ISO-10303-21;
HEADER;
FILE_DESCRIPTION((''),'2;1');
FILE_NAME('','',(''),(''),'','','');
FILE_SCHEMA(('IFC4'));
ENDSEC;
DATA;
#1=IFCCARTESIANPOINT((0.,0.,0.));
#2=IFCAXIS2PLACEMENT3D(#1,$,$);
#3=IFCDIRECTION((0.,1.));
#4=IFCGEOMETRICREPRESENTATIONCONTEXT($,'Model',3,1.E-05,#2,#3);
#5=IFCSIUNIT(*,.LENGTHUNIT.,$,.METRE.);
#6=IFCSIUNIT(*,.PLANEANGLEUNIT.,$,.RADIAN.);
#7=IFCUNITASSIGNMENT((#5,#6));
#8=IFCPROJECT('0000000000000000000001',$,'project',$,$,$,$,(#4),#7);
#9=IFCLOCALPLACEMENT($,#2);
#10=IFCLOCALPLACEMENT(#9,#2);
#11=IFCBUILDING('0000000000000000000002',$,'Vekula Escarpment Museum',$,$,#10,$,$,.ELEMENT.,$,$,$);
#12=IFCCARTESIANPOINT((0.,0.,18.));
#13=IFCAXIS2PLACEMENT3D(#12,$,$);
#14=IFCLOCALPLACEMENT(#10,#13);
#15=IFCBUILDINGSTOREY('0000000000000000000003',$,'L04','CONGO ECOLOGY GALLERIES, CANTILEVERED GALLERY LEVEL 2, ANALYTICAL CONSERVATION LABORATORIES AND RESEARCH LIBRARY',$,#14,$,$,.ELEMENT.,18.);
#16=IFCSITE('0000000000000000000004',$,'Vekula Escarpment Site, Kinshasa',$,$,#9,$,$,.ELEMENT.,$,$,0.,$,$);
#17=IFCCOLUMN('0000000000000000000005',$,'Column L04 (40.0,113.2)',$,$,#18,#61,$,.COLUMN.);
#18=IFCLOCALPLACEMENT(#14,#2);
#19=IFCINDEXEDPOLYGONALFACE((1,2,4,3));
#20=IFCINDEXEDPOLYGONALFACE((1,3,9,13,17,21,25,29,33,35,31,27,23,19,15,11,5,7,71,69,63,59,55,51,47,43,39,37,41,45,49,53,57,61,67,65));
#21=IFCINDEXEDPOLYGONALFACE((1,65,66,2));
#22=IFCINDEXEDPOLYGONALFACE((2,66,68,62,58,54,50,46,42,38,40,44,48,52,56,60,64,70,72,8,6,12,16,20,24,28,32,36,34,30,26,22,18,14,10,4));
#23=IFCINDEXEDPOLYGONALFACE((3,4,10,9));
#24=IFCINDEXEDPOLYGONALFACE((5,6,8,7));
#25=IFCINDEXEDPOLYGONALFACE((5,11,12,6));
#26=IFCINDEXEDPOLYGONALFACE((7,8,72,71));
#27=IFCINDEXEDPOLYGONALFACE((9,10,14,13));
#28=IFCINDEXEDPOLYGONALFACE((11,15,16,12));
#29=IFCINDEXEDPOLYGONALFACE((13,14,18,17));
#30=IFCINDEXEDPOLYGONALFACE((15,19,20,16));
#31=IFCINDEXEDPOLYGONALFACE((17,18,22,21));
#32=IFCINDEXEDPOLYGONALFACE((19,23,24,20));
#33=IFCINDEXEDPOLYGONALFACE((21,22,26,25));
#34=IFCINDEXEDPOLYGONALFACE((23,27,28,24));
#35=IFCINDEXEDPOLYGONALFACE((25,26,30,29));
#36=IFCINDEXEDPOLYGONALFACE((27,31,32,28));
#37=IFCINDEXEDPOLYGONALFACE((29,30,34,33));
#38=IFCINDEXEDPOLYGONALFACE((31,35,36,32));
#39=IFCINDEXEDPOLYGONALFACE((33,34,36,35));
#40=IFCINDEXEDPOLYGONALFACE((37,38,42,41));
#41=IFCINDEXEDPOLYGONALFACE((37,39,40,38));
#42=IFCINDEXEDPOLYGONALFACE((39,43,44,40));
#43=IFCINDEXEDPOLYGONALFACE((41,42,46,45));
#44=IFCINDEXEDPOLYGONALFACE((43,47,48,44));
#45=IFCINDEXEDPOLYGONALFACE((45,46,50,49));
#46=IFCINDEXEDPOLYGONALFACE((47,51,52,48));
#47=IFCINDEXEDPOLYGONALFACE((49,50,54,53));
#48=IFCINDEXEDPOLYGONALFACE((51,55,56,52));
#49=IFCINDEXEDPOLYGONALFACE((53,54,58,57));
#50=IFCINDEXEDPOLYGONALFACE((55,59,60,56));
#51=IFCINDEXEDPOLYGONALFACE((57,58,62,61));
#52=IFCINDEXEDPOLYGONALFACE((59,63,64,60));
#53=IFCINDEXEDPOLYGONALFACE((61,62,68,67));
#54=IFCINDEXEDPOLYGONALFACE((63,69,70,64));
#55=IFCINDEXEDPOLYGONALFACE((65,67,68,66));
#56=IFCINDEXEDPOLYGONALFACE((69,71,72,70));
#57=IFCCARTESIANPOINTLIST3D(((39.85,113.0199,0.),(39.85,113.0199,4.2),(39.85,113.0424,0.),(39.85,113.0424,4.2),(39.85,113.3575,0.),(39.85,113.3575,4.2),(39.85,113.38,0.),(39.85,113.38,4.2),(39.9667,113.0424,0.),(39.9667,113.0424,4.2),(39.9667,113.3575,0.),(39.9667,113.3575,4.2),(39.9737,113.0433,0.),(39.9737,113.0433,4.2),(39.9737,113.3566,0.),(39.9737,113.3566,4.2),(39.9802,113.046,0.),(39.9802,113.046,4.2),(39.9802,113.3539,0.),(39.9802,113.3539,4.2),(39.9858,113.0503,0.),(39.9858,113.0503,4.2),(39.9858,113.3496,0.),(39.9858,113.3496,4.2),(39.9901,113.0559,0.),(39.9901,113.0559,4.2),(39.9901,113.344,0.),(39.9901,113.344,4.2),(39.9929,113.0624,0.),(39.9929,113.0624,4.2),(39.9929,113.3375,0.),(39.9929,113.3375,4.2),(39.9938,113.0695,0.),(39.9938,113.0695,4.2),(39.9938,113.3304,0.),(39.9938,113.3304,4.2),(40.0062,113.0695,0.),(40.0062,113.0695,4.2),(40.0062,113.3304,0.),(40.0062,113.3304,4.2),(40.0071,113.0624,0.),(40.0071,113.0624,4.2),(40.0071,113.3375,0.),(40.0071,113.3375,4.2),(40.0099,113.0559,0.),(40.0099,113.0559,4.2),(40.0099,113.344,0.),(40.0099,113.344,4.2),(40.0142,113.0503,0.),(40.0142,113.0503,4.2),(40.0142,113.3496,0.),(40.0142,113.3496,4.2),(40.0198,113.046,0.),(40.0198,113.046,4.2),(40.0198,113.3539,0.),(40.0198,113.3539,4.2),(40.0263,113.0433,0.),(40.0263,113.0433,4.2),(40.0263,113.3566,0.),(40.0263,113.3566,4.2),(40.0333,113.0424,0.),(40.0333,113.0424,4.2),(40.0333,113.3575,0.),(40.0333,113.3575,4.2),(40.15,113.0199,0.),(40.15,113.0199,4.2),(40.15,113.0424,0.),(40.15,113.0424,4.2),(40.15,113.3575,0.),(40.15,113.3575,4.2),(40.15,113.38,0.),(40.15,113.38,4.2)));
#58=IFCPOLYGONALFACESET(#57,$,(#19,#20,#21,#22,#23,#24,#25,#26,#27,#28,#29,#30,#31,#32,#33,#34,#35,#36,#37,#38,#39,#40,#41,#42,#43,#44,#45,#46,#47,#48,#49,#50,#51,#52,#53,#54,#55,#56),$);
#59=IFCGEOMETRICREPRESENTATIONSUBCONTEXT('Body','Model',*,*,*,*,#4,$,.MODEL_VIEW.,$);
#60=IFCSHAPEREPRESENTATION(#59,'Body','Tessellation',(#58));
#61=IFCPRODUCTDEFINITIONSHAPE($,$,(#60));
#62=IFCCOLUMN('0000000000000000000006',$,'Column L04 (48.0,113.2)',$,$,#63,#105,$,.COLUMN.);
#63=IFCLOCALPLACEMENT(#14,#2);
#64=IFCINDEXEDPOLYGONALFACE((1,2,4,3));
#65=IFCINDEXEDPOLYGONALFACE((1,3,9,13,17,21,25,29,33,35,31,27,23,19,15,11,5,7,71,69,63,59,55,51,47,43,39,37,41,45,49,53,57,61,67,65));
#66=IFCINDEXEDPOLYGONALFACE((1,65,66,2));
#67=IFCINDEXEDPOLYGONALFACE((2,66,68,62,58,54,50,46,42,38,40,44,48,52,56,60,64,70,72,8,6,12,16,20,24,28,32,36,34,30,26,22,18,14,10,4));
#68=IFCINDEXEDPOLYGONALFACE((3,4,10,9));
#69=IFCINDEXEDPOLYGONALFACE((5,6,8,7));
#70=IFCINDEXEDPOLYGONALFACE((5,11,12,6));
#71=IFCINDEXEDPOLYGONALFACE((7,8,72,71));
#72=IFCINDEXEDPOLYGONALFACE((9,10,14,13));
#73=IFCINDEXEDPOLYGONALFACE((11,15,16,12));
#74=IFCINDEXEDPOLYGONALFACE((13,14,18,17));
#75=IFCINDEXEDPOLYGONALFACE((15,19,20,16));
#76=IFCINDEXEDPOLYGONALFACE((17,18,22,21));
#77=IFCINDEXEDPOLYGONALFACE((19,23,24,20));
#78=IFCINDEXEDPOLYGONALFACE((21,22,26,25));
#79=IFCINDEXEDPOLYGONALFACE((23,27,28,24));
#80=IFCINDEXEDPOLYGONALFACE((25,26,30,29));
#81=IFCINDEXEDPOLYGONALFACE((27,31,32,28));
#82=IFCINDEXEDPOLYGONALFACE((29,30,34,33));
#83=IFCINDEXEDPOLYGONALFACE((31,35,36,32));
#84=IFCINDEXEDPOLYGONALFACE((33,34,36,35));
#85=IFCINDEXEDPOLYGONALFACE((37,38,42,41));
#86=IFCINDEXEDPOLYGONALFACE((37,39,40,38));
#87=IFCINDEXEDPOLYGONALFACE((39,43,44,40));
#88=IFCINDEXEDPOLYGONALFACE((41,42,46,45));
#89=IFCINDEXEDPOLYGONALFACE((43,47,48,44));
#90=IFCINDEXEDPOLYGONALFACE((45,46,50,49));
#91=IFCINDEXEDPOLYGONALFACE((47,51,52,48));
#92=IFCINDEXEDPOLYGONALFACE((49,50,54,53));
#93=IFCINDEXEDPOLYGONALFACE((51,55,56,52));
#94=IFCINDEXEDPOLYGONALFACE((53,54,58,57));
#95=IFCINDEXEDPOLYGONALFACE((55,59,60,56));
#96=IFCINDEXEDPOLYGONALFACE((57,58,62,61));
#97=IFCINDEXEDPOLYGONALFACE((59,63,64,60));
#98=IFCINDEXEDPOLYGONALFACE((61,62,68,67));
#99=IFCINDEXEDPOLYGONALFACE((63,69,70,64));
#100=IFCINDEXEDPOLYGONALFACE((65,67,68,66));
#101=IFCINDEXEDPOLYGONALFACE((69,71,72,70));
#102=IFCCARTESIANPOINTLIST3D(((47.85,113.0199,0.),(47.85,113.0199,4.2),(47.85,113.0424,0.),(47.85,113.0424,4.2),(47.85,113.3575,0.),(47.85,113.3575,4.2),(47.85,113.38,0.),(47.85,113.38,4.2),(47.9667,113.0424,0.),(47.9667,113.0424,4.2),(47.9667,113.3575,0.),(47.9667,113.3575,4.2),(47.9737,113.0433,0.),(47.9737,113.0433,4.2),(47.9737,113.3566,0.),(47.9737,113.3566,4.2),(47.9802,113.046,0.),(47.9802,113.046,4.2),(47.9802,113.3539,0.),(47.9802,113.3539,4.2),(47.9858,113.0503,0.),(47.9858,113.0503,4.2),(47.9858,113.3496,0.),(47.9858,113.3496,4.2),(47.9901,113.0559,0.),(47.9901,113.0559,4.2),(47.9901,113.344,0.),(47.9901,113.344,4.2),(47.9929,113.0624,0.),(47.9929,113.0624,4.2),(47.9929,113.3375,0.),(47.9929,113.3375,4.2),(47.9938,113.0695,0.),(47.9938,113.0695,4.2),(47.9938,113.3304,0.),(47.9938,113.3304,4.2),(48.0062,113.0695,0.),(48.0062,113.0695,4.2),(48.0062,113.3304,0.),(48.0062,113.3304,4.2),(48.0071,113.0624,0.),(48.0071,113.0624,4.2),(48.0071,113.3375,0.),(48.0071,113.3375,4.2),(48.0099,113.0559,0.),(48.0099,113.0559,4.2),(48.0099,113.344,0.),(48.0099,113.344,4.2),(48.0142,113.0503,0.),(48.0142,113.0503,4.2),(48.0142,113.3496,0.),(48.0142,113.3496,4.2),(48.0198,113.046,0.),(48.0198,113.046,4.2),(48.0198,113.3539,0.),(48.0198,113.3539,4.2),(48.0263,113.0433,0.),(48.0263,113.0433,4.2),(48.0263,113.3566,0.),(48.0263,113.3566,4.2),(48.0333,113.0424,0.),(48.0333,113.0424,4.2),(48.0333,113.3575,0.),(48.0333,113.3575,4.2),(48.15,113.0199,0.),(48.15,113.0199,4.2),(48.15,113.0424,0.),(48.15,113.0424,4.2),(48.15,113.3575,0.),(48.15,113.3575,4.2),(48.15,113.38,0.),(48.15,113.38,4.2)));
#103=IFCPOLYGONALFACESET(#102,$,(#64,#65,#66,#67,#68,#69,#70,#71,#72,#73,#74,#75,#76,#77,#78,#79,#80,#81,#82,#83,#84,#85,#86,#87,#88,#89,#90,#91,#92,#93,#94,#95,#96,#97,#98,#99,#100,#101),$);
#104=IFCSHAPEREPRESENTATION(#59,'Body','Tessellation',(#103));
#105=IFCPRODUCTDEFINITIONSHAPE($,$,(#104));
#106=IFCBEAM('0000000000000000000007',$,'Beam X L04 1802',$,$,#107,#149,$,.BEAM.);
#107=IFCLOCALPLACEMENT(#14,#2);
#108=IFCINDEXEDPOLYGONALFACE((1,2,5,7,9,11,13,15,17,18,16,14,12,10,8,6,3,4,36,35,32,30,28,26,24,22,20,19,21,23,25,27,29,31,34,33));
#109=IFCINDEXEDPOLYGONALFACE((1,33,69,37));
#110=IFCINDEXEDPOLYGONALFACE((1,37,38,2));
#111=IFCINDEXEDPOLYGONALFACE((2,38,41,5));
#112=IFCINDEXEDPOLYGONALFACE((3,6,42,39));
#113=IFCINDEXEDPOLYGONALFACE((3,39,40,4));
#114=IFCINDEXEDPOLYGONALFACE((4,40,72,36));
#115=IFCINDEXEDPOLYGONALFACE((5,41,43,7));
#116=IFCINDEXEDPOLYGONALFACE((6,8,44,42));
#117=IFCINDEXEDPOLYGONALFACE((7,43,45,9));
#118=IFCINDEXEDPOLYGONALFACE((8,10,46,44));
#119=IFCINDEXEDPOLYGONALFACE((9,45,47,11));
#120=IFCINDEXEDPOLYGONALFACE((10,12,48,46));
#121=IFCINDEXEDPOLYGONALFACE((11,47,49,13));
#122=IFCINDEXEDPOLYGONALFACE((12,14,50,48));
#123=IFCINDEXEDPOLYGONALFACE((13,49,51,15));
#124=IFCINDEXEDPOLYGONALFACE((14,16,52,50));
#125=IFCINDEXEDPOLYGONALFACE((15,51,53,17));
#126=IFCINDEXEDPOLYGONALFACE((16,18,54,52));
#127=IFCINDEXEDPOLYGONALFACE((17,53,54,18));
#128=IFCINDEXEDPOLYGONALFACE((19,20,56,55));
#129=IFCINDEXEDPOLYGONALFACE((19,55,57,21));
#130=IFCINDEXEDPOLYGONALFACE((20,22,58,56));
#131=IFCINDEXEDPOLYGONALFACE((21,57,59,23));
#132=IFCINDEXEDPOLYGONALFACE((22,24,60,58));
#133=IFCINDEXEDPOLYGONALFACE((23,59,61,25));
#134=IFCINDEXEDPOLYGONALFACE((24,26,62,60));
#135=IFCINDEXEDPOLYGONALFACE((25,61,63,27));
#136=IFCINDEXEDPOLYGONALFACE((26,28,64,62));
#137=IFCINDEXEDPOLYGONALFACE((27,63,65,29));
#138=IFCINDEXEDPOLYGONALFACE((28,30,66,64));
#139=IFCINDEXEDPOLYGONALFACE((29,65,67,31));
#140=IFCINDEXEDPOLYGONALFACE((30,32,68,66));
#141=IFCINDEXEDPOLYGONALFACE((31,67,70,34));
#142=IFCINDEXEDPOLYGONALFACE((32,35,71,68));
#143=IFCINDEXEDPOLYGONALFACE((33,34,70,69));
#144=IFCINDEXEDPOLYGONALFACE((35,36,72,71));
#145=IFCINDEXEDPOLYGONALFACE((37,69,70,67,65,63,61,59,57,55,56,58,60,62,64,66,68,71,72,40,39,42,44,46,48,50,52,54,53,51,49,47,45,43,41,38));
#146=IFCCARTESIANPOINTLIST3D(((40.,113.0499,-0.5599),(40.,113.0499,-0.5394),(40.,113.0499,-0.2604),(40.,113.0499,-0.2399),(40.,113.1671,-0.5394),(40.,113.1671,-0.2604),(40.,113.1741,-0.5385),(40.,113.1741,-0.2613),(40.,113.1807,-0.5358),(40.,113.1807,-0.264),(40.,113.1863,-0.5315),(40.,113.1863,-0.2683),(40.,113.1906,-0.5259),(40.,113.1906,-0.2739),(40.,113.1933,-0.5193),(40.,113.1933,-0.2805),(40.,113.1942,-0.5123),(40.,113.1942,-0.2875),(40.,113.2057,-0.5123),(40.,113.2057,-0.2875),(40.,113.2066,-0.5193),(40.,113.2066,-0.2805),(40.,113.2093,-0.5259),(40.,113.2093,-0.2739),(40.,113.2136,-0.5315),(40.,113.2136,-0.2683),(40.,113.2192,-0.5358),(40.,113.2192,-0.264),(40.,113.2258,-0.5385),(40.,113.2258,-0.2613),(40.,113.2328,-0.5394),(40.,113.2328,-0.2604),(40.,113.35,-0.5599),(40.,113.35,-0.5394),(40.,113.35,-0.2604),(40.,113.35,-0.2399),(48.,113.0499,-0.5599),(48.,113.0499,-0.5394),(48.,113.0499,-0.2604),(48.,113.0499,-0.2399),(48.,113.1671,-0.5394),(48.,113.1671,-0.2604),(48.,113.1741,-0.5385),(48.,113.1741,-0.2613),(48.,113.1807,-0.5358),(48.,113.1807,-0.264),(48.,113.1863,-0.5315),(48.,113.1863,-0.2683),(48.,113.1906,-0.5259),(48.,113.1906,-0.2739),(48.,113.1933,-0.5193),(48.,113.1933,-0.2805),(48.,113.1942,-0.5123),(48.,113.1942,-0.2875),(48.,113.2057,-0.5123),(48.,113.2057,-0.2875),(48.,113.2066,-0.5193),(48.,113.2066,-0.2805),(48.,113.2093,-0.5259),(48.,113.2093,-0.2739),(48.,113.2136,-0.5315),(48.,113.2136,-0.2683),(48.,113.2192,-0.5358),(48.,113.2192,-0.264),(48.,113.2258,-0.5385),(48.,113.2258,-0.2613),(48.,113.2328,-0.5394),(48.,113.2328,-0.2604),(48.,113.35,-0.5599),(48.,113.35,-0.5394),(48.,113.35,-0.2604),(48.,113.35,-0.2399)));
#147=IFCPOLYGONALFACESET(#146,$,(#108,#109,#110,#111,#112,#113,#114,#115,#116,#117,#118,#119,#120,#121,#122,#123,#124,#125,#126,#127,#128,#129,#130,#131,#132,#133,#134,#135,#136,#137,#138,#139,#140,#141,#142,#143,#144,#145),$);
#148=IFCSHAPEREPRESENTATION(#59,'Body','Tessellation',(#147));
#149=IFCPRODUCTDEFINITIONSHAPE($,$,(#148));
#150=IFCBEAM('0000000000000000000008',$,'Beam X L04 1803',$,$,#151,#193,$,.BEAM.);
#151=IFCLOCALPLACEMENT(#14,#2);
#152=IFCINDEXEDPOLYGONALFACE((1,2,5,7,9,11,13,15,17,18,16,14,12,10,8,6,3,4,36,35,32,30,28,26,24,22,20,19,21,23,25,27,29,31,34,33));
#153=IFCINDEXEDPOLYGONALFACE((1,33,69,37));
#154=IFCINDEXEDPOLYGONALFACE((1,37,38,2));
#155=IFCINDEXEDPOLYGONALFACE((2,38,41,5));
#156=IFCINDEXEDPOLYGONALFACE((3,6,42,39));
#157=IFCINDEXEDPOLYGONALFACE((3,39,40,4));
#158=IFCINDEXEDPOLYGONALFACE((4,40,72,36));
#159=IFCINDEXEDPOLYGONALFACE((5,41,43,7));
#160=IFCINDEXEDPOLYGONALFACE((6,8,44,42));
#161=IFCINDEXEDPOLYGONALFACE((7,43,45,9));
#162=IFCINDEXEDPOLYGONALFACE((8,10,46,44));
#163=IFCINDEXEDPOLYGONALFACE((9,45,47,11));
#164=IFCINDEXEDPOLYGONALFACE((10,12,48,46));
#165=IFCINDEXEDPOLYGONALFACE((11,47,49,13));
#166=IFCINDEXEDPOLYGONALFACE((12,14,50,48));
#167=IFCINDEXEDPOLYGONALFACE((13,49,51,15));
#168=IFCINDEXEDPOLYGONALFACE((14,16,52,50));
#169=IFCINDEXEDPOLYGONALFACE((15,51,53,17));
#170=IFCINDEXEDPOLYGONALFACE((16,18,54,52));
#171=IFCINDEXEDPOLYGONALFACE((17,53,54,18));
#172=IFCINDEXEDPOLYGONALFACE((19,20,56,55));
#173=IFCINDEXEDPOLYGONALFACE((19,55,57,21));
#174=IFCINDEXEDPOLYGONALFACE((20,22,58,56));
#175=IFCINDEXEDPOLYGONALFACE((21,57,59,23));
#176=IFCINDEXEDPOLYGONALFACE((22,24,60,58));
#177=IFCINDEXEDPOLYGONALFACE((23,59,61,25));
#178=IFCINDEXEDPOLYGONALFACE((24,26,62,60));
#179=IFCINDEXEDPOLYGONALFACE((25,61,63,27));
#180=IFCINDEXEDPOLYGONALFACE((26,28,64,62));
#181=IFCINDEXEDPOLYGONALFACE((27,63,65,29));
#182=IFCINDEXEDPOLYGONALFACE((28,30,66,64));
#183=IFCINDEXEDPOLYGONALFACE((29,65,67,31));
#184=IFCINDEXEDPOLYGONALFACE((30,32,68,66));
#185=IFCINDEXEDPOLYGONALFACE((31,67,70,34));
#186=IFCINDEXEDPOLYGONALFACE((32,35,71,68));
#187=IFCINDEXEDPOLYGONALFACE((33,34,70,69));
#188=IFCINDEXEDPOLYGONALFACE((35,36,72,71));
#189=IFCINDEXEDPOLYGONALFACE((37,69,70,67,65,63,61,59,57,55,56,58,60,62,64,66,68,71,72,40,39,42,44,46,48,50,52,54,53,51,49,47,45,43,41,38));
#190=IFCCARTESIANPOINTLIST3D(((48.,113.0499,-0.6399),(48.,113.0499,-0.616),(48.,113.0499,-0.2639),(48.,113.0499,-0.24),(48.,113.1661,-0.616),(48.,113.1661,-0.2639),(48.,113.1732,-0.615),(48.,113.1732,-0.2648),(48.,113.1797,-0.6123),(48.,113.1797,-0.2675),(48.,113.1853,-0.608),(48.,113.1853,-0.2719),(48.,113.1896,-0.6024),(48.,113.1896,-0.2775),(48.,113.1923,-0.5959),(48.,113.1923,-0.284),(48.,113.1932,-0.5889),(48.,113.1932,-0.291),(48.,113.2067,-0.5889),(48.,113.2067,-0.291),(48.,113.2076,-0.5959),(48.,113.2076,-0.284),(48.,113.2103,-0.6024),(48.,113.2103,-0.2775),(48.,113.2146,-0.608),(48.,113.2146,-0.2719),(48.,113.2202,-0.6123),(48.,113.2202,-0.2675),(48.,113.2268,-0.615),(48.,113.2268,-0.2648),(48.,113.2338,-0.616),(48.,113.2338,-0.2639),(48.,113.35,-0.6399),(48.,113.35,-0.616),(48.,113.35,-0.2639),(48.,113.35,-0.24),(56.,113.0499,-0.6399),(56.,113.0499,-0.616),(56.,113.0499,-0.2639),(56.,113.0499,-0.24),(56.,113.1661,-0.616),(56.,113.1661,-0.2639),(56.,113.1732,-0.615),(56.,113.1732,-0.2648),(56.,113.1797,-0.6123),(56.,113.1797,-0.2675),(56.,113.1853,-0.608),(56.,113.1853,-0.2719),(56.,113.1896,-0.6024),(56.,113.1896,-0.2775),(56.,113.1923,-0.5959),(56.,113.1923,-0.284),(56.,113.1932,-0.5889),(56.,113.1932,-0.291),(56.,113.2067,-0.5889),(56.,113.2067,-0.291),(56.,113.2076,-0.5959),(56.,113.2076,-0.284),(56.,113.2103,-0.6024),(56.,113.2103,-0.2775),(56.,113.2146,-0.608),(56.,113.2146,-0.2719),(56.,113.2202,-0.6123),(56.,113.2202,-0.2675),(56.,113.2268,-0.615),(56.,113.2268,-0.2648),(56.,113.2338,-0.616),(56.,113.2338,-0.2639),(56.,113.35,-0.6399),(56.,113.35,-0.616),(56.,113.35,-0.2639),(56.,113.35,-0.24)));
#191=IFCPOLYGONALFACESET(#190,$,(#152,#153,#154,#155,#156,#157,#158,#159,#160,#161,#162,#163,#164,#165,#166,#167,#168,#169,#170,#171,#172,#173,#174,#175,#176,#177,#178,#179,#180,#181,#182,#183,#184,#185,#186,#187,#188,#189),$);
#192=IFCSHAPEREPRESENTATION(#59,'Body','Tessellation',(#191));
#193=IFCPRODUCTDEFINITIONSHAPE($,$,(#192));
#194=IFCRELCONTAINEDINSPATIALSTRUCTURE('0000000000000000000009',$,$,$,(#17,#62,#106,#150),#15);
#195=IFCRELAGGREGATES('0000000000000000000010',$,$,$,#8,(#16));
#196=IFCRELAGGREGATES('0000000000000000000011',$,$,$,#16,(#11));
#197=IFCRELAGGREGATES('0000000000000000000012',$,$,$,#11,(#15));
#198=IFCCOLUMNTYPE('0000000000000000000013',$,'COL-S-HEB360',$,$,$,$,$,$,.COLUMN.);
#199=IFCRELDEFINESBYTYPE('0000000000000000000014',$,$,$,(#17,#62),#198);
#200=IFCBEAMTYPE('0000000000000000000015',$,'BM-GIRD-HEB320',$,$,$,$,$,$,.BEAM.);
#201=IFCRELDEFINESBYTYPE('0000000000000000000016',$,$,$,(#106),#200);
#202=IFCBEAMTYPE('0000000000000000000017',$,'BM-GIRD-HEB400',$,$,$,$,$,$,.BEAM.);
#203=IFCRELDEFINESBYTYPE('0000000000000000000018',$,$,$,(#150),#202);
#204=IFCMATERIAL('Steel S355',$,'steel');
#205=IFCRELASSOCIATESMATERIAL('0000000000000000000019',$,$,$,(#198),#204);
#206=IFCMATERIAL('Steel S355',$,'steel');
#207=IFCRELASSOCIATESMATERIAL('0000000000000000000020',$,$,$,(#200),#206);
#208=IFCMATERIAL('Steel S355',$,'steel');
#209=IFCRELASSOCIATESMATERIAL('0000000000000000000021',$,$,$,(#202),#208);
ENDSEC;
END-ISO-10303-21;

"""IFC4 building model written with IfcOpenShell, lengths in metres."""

from ifc_helpers import new_model, si_unit, direction, frame, origin, origin_2d, place, context, subcontext, project, spatial, i_section, extrude, material, material_profile, profile_set, type_object, element, save


model = new_model("IFC4")

# Units and contexts
model_context = context("Model", 3, precision=1e-05, world=origin(), true_north=direction((0.0, 1.0)))
body_context = subcontext(model_context, "Body", "Model", "MODEL_VIEW")
ifc_project = project(units=[si_unit("LENGTHUNIT", "METRE"), si_unit("PLANEANGLEUNIT", "RADIAN")], contexts=[model_context])

# Site, building, storey
site_placement = place(None, origin())
site = spatial("IfcSite", under=ifc_project, at=site_placement, Name="Vekula Escarpment Site, Kinshasa", CompositionType="ELEMENT", RefElevation=0.0)
building_placement = place(site_placement, origin())
building = spatial("IfcBuilding", under=site, at=building_placement, Name="Vekula Escarpment Museum", CompositionType="ELEMENT")
storey_placement = place(building_placement, frame((0.0, 0.0, 18.0)))
storey = spatial("IfcBuildingStorey", under=building, at=storey_placement, Name="L04", Description="CONGO ECOLOGY GALLERIES, CANTILEVERED GALLERY LEVEL 2, ANALYTICAL CONSERVATION LABORATORIES AND RESEARCH LIBRARY", CompositionType="ELEMENT", Elevation=18.0)

# Columns
ifc_material_1 = material(Name="Steel S355", Category="steel")
ifc_material_profile_1 = material_profile(ifc_material_1, i_section(OverallWidth=0.3, OverallDepth=0.3601, WebThickness=0.0125, FlangeThickness=0.0225, FilletRadius=0.0271, at=origin_2d()), Name="HEB 360")
ifc_profile_set_1 = profile_set([ifc_material_profile_1], Name="Steel S355")
column_type = type_object("IfcColumnType", Name="COL-S-HEB360", PredefinedType="COLUMN", material=ifc_profile_set_1)
for number, where, z_axis, x_axis, name in (
    (1, (40.0, 113.2, 0.0), (0.0, 0.0, 1.0), (1.0, 0.0, 0.0), "Column L04 (40.0,113.2)"),
    (2, (48.0, 113.2, 0.0), (0.0, 0.0, 1.0), (1.0, 0.0, 0.0), "Column L04 (48.0,113.2)"),
):
    element("IfcColumn", number, at=place(storey_placement, frame(where, z_axis=z_axis, x_axis=x_axis)), inside=storey, type_object=column_type, Name=name, PredefinedType="COLUMN", context=body_context, shape_type="SweptSolid", body=[
        extrude(i_section(OverallWidth=0.3, OverallDepth=0.3601, WebThickness=0.0125, FlangeThickness=0.0225, FilletRadius=0.0271, at=origin_2d()), origin(), (0.0, 0.0, 1.0), 4.2),
    ])

# Beams
ifc_material_2 = material(Name="Steel S355", Category="steel")
ifc_material_profile_2 = material_profile(ifc_material_2, i_section(OverallWidth=0.3, OverallDepth=0.3201, WebThickness=0.0115, FlangeThickness=0.0205, FilletRadius=0.0271, at=origin_2d()), Name="HEB 320")
ifc_profile_set_2 = profile_set([ifc_material_profile_2], Name="Steel S355")
beam_type_1 = type_object("IfcBeamType", Name="BM-GIRD-HEB320", PredefinedType="BEAM", material=ifc_profile_set_2)
beam_1_placement = place(storey_placement, frame((40.0, 113.2, -0.3999), z_axis=(1.0, 0.0, 0.0), x_axis=(0.0, 1.0, 0.0)))
element("IfcBeam", 3, at=beam_1_placement, inside=storey, type_object=beam_type_1, Name="Beam X L04 1802", PredefinedType="BEAM", context=body_context, shape_type="SweptSolid", body=[
    extrude(i_section(OverallWidth=0.3, OverallDepth=0.3201, WebThickness=0.0115, FlangeThickness=0.0205, FilletRadius=0.0271, at=origin_2d()), origin(), (0.0, 0.0, 1.0), 8.0),
])
ifc_material_3 = material(Name="Steel S355", Category="steel")
ifc_material_profile_3 = material_profile(ifc_material_3, i_section(OverallWidth=0.3, OverallDepth=0.3999, WebThickness=0.0134, FlangeThickness=0.0239, FilletRadius=0.0271, at=origin_2d()), Name="HEB 400")
ifc_profile_set_3 = profile_set([ifc_material_profile_3], Name="Steel S355")
beam_type_2 = type_object("IfcBeamType", Name="BM-GIRD-HEB400", PredefinedType="BEAM", material=ifc_profile_set_3)
beam_2_placement = place(storey_placement, frame((48.0, 113.2, -0.4399), z_axis=(1.0, 0.0, 0.0), x_axis=(0.0, 1.0, 0.0)))
element("IfcBeam", 4, at=beam_2_placement, inside=storey, type_object=beam_type_2, Name="Beam X L04 1803", PredefinedType="BEAM", context=body_context, shape_type="SweptSolid", body=[
    extrude(i_section(OverallWidth=0.3, OverallDepth=0.3999, WebThickness=0.0134, FlangeThickness=0.0239, FilletRadius=0.0271, at=origin_2d()), origin(), (0.0, 0.0, 1.0), 8.0),
])

save(model, "model.ifc")
